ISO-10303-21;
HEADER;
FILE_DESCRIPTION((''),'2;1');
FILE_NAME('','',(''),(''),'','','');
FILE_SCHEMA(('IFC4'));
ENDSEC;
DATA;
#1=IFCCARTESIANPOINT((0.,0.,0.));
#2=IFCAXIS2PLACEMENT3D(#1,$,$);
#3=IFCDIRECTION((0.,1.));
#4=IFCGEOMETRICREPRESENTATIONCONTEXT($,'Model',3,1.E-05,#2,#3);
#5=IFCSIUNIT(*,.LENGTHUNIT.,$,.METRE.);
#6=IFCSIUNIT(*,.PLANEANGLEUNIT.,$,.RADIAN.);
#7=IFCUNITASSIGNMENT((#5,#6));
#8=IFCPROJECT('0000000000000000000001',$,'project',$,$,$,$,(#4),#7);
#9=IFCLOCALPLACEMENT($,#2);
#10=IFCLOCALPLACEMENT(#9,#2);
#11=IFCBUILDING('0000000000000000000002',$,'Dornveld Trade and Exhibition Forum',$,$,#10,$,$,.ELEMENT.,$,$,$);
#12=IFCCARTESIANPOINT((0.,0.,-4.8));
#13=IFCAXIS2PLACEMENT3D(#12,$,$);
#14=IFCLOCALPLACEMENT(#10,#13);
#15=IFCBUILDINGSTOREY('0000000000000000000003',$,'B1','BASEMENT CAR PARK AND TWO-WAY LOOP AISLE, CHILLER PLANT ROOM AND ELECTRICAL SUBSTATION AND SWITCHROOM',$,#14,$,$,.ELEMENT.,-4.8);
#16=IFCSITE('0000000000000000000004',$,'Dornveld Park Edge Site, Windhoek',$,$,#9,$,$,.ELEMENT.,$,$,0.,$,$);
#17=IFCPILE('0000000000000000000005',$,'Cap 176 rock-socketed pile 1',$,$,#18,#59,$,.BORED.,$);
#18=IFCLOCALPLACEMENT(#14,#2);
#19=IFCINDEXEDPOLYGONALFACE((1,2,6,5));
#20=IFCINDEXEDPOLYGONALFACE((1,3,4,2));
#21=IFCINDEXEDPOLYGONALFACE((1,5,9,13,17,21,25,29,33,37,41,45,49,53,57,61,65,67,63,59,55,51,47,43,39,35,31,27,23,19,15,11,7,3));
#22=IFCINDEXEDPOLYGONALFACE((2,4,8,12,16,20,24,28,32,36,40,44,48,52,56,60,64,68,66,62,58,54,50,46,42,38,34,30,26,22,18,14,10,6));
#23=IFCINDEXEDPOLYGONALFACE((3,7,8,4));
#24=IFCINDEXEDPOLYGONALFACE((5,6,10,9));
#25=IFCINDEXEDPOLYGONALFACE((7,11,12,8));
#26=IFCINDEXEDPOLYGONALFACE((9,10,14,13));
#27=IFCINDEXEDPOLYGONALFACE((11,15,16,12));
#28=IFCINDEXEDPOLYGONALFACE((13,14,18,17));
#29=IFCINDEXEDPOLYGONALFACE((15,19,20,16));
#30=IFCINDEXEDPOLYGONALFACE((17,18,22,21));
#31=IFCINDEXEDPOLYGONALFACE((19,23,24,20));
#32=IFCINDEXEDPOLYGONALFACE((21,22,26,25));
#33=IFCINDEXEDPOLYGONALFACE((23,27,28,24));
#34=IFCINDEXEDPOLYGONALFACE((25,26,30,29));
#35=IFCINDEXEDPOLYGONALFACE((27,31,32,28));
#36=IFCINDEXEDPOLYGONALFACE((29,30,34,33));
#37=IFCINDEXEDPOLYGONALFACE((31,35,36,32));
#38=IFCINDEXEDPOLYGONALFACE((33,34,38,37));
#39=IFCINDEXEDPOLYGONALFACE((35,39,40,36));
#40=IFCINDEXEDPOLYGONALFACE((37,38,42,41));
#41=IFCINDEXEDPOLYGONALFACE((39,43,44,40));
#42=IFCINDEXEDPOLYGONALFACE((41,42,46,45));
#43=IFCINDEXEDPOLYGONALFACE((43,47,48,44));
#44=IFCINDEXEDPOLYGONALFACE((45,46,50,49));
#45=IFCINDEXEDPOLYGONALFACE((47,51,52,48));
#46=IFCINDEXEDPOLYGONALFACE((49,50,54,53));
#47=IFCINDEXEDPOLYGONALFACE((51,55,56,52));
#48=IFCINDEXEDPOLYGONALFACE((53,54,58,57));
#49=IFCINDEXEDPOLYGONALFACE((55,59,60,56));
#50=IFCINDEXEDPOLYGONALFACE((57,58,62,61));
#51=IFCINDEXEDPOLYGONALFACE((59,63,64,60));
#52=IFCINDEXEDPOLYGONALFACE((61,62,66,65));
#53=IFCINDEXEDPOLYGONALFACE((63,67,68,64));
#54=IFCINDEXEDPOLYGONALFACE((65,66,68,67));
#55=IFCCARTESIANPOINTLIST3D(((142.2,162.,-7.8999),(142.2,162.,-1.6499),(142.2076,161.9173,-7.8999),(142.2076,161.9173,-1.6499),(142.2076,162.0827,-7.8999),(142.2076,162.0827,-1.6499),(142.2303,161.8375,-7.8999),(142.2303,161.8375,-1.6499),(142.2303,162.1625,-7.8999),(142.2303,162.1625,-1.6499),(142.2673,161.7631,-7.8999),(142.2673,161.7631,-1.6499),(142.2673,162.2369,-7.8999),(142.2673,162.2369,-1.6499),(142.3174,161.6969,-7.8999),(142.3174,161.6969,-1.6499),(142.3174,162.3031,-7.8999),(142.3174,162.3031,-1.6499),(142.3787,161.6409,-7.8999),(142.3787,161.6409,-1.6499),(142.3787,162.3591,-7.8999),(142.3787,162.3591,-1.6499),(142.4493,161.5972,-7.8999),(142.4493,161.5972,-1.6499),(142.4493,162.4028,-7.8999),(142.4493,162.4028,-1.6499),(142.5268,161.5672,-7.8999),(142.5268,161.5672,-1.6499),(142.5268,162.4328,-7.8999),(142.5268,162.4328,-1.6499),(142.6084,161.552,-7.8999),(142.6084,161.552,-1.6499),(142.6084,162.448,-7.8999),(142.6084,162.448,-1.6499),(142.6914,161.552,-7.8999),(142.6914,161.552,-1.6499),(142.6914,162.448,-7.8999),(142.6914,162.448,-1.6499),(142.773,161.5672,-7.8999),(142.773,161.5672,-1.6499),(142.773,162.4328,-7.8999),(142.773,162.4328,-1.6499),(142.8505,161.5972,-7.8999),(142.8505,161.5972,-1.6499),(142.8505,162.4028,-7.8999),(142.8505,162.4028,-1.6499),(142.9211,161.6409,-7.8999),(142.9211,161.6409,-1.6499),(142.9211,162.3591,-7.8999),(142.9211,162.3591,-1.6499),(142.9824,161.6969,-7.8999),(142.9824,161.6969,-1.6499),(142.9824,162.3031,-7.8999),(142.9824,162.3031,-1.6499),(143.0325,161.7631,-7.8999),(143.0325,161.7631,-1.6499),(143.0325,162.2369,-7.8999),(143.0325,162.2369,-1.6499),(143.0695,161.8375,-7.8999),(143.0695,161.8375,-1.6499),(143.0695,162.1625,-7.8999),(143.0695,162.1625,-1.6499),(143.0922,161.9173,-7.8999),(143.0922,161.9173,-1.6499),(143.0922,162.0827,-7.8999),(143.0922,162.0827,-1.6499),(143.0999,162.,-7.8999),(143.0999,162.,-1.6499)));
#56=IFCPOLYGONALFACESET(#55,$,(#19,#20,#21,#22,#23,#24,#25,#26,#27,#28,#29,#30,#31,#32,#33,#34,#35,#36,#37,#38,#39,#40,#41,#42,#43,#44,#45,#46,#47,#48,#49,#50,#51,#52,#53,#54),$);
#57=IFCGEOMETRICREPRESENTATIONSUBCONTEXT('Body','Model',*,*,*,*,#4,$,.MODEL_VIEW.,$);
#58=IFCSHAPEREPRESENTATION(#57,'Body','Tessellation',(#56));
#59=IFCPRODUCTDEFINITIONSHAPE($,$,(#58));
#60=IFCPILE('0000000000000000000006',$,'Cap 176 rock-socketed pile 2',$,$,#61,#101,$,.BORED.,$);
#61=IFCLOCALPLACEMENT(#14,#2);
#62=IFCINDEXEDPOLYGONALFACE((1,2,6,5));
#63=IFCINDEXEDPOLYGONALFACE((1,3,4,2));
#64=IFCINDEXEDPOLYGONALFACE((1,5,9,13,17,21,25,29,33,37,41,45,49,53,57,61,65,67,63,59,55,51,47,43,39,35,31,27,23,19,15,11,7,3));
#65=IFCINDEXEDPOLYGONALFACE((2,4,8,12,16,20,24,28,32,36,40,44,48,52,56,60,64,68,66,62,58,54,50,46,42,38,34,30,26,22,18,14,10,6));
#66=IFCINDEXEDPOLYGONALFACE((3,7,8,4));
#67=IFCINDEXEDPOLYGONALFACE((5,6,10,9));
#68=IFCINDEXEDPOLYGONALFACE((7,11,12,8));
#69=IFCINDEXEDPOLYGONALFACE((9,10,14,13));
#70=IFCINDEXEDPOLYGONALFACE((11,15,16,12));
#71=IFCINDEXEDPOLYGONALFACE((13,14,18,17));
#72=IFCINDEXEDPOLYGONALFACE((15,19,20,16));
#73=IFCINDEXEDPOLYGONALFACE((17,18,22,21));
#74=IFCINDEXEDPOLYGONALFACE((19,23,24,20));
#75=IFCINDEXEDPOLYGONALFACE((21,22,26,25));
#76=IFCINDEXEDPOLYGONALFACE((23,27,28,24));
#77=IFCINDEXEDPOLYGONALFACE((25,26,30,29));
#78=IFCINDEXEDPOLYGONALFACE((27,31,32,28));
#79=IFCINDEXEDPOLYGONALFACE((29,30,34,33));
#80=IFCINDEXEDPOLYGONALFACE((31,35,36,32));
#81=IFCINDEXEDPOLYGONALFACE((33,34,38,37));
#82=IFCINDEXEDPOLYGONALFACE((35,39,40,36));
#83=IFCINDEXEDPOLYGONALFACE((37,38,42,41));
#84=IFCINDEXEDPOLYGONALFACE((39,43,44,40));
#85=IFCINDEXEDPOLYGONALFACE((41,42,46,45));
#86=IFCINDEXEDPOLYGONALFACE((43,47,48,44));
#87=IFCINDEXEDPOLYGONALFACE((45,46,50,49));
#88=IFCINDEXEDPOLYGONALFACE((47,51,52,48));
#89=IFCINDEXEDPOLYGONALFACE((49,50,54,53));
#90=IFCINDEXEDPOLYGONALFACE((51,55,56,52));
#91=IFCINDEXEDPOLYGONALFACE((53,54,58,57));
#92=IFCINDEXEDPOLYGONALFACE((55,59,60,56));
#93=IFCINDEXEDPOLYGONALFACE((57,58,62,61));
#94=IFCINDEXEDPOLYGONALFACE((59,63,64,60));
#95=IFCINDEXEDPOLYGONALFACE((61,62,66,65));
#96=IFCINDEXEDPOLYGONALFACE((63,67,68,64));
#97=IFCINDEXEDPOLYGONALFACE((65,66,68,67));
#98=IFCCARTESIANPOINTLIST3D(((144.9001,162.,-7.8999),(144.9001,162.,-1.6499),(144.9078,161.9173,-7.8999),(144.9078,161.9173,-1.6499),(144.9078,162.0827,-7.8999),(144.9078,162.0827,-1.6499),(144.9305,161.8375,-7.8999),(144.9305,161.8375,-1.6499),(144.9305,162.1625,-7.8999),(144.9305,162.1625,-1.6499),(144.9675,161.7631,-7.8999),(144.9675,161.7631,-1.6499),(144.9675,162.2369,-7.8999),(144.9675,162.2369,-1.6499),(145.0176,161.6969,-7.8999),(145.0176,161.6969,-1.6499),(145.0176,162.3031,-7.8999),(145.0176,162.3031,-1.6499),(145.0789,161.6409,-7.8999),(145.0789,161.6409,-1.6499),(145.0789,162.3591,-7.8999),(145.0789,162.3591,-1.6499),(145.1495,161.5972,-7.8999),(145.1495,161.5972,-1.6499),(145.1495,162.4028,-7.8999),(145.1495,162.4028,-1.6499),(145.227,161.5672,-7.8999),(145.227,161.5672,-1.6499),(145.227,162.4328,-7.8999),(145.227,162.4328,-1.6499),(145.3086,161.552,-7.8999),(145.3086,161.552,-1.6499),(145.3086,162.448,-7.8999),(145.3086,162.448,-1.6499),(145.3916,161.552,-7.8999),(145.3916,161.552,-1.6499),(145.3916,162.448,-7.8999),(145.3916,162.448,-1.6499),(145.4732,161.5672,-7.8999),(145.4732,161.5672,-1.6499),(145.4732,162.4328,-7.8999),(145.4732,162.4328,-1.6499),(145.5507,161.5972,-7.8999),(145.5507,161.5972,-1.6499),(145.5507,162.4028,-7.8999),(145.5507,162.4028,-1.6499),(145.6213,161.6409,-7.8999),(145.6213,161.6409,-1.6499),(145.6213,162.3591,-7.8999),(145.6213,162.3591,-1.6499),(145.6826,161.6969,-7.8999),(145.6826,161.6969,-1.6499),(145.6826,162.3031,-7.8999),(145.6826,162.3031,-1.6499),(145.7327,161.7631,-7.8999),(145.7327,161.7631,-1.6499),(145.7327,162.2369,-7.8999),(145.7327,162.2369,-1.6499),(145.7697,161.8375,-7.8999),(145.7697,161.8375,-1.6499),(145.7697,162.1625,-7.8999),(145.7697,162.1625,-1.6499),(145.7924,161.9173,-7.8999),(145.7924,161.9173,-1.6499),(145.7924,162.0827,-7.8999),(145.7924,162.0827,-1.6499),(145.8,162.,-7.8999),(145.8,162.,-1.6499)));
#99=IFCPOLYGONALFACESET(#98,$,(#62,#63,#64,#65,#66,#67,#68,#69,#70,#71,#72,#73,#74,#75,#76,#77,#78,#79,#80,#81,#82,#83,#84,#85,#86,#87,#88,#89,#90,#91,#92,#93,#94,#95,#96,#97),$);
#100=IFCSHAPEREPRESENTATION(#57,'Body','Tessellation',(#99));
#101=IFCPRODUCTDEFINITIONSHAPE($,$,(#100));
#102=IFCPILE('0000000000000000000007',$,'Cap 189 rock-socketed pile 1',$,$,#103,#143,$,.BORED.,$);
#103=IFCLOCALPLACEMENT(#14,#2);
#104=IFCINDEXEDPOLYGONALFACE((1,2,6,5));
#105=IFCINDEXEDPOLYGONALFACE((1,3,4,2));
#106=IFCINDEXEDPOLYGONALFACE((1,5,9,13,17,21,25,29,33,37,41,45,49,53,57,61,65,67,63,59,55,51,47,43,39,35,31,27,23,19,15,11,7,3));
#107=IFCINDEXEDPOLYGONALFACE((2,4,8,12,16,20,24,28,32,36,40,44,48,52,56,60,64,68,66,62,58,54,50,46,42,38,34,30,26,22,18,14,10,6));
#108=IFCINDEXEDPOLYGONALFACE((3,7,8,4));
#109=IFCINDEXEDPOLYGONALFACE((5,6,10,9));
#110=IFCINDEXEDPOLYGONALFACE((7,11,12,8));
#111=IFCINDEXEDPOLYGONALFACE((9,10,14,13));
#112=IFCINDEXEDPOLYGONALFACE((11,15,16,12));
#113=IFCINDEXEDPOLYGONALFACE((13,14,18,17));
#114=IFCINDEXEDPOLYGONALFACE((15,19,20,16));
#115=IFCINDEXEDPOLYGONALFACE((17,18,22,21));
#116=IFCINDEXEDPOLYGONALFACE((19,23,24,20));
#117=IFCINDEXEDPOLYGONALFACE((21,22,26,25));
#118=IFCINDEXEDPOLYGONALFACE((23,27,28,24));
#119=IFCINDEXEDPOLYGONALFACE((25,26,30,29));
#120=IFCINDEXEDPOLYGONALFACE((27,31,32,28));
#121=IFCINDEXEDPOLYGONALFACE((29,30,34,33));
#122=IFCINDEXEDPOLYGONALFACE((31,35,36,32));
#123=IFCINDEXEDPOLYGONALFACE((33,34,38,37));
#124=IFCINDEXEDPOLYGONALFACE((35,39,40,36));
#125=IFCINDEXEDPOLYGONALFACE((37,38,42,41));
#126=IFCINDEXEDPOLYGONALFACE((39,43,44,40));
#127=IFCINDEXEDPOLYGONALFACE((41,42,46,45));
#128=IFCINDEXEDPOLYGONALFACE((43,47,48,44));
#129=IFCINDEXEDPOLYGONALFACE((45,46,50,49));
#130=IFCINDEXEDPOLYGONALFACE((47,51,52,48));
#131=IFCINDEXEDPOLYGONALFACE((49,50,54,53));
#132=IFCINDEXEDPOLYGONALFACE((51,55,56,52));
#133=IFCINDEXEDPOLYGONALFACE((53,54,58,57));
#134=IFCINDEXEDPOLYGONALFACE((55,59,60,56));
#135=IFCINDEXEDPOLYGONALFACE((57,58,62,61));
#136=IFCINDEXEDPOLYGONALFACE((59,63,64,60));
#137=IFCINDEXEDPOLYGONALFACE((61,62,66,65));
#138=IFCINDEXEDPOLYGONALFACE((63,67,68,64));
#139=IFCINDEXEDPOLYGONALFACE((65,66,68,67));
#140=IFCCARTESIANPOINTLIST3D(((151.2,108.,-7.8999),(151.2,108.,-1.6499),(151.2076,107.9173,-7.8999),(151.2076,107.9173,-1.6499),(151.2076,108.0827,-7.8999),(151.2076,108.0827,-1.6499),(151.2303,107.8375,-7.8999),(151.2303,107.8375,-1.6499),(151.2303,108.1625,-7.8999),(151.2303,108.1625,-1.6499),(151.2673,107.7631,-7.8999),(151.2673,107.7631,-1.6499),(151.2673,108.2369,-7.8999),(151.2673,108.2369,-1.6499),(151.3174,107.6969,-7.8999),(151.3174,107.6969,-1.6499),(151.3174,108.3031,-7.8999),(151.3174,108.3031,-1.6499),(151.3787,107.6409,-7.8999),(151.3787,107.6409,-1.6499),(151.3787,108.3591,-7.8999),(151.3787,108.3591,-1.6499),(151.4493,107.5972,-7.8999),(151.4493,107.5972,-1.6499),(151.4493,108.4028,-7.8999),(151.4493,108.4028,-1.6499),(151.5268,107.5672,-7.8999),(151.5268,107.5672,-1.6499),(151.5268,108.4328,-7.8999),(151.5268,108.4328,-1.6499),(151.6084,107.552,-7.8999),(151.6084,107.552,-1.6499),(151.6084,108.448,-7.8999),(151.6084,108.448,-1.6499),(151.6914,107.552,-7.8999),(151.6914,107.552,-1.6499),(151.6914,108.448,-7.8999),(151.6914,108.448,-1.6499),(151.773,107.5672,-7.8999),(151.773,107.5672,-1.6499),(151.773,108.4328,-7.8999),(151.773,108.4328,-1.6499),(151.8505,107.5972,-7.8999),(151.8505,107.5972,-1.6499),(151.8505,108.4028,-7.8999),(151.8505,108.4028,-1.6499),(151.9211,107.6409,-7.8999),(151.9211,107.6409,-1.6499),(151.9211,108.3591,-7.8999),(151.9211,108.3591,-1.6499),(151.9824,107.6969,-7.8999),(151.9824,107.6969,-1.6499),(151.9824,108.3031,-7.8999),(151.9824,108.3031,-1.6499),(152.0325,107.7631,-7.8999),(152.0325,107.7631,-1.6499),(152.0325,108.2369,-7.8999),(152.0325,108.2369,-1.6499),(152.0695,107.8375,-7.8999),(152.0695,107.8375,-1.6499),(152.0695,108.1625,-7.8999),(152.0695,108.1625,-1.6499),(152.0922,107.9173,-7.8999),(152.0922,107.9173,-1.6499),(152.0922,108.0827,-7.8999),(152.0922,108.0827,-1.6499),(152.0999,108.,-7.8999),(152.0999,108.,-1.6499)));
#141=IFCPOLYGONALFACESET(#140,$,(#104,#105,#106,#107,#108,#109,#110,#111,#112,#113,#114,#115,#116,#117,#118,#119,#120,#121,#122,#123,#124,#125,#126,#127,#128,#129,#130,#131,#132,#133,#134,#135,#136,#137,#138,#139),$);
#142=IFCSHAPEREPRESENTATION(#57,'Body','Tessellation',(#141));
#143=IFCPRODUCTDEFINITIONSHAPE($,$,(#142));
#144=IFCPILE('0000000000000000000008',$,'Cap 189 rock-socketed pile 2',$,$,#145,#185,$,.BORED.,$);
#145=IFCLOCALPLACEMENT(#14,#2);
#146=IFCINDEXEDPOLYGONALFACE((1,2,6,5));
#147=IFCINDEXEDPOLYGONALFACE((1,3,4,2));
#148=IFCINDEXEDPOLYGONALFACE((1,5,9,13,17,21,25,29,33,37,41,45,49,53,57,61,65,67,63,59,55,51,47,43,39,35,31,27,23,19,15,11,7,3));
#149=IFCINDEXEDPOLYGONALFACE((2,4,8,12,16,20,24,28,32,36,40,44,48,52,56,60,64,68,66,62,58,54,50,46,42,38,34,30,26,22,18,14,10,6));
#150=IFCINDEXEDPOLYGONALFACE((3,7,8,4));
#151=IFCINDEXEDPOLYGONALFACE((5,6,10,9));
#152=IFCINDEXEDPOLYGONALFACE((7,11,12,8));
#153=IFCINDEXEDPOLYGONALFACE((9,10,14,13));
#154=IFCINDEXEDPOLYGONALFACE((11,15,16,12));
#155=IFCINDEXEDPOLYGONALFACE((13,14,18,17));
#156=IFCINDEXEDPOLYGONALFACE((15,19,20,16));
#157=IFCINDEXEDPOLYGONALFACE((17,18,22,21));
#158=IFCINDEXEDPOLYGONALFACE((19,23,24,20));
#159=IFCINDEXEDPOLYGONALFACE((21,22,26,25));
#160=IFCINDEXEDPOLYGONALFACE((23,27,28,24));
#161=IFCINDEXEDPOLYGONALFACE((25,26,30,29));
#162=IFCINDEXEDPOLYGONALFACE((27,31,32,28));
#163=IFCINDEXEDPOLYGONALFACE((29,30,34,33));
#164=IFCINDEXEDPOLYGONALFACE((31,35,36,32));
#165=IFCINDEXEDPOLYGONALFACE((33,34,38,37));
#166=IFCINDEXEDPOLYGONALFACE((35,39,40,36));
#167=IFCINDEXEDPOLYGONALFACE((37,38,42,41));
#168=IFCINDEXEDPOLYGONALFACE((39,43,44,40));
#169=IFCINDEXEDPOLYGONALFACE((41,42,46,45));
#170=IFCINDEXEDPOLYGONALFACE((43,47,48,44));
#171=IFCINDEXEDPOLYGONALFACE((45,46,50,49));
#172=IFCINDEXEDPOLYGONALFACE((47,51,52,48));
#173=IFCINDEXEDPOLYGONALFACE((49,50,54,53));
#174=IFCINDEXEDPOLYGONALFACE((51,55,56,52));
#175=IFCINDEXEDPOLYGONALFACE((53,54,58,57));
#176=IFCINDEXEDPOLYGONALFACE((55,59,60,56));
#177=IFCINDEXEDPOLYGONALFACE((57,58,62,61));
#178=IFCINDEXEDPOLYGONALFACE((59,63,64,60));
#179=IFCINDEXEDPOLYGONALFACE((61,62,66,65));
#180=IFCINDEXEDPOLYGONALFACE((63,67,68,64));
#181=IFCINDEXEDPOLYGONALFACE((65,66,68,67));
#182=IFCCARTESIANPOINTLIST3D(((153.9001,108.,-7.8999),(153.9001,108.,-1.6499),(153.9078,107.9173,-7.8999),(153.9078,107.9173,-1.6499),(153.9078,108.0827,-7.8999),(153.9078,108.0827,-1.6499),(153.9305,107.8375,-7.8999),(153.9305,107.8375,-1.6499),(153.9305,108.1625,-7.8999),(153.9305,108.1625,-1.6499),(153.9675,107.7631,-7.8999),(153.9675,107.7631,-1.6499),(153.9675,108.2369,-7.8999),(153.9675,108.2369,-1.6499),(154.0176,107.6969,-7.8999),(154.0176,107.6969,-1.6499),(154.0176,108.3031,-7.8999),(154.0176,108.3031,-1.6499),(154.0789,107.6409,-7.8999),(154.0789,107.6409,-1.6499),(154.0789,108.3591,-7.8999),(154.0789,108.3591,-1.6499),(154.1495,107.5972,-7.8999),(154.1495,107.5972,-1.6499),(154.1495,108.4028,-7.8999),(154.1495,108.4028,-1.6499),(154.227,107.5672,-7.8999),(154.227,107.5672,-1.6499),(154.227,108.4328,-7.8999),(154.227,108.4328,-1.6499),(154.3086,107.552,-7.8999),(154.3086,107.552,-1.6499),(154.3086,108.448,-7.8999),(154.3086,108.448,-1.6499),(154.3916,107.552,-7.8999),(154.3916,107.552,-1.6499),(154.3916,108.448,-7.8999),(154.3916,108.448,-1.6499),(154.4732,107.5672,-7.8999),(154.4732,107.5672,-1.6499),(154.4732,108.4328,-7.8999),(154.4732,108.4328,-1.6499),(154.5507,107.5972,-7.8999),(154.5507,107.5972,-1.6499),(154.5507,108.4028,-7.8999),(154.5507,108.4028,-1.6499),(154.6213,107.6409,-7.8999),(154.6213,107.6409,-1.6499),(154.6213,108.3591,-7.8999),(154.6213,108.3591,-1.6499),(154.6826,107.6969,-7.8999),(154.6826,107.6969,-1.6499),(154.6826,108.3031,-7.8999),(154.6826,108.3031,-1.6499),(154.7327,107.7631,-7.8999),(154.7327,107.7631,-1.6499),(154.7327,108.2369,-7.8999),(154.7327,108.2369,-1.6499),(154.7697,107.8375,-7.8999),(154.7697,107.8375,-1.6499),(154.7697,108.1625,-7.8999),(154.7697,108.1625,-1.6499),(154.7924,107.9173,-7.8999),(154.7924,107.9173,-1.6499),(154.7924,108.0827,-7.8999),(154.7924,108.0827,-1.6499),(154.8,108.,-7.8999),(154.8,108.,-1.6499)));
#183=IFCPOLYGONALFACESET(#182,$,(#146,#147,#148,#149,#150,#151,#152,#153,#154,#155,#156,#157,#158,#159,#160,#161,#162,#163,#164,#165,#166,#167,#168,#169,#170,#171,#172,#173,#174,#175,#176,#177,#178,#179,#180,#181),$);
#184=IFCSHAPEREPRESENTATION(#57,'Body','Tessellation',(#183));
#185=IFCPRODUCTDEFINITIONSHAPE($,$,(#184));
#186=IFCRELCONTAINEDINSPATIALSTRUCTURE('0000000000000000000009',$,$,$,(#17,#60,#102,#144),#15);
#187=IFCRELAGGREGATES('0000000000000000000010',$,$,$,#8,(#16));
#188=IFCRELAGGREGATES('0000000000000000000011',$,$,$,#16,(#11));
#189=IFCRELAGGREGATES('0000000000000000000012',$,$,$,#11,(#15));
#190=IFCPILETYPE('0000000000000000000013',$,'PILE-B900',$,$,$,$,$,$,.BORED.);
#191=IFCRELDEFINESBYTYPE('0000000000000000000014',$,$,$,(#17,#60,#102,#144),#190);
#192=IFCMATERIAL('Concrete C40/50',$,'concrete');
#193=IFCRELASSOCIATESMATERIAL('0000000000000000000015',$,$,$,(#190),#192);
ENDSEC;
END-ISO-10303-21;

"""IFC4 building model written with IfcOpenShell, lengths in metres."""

from ifc_helpers import new_model, si_unit, direction, frame, origin, origin_2d, place, context, subcontext, project, spatial, circle, extrude, material, material_profile, profile_set, type_object, element, save


model = new_model("IFC4")

# Units and contexts
model_context = context("Model", 3, precision=1e-05, world=origin(), true_north=direction((0.0, 1.0)))
body_context = subcontext(model_context, "Body", "Model", "MODEL_VIEW")
ifc_project = project(units=[si_unit("LENGTHUNIT", "METRE"), si_unit("PLANEANGLEUNIT", "RADIAN")], contexts=[model_context])

# Site, building, storey
site_placement = place(None, origin())
site = spatial("IfcSite", under=ifc_project, at=site_placement, Name="Dornveld Park Edge Site, Windhoek", CompositionType="ELEMENT", RefElevation=0.0)
building_placement = place(site_placement, origin())
building = spatial("IfcBuilding", under=site, at=building_placement, Name="Dornveld Trade and Exhibition Forum", CompositionType="ELEMENT")
storey_placement = place(building_placement, frame((0.0, 0.0, -4.8)))
storey = spatial("IfcBuildingStorey", under=building, at=storey_placement, Name="B1", Description="BASEMENT CAR PARK AND TWO-WAY LOOP AISLE, CHILLER PLANT ROOM AND ELECTRICAL SUBSTATION AND SWITCHROOM", CompositionType="ELEMENT", Elevation=-4.8)

# Piles
ifc_material_1 = material(Name="Concrete C40/50", Category="concrete")
ifc_material_profile_1 = material_profile(ifc_material_1, circle(Radius=0.45, at=origin_2d()), Name="PILE D900")
ifc_profile_set_1 = profile_set([ifc_material_profile_1], Name="Concrete C40/50")
pile_type = type_object("IfcPileType", Name="PILE-B900", PredefinedType="BORED", material=ifc_profile_set_1)
for number, where, z_axis, x_axis, name in (
    (1, (142.6499, 162.0, -1.6499), (0.0, 0.0, -1.0), (1.0, 0.0, 0.0), "Cap 176 rock-socketed pile 1"),
    (2, (145.3501, 162.0, -1.6499), (0.0, 0.0, -1.0), (1.0, 0.0, 0.0), "Cap 176 rock-socketed pile 2"),
    (3, (151.6499, 108.0, -1.6499), (0.0, 0.0, -1.0), (1.0, 0.0, 0.0), "Cap 189 rock-socketed pile 1"),
    (4, (154.3501, 108.0, -1.6499), (0.0, 0.0, -1.0), (1.0, 0.0, 0.0), "Cap 189 rock-socketed pile 2"),
):
    element("IfcPile", number, at=place(storey_placement, frame(where, z_axis=z_axis, x_axis=x_axis)), inside=storey, type_object=pile_type, Name=name, PredefinedType="BORED", context=body_context, shape_type="SweptSolid", body=[
        extrude(circle(Radius=0.45, at=origin_2d()), origin(), (0.0, 0.0, 1.0), 6.25),
    ])

save(model, "model.ifc")
